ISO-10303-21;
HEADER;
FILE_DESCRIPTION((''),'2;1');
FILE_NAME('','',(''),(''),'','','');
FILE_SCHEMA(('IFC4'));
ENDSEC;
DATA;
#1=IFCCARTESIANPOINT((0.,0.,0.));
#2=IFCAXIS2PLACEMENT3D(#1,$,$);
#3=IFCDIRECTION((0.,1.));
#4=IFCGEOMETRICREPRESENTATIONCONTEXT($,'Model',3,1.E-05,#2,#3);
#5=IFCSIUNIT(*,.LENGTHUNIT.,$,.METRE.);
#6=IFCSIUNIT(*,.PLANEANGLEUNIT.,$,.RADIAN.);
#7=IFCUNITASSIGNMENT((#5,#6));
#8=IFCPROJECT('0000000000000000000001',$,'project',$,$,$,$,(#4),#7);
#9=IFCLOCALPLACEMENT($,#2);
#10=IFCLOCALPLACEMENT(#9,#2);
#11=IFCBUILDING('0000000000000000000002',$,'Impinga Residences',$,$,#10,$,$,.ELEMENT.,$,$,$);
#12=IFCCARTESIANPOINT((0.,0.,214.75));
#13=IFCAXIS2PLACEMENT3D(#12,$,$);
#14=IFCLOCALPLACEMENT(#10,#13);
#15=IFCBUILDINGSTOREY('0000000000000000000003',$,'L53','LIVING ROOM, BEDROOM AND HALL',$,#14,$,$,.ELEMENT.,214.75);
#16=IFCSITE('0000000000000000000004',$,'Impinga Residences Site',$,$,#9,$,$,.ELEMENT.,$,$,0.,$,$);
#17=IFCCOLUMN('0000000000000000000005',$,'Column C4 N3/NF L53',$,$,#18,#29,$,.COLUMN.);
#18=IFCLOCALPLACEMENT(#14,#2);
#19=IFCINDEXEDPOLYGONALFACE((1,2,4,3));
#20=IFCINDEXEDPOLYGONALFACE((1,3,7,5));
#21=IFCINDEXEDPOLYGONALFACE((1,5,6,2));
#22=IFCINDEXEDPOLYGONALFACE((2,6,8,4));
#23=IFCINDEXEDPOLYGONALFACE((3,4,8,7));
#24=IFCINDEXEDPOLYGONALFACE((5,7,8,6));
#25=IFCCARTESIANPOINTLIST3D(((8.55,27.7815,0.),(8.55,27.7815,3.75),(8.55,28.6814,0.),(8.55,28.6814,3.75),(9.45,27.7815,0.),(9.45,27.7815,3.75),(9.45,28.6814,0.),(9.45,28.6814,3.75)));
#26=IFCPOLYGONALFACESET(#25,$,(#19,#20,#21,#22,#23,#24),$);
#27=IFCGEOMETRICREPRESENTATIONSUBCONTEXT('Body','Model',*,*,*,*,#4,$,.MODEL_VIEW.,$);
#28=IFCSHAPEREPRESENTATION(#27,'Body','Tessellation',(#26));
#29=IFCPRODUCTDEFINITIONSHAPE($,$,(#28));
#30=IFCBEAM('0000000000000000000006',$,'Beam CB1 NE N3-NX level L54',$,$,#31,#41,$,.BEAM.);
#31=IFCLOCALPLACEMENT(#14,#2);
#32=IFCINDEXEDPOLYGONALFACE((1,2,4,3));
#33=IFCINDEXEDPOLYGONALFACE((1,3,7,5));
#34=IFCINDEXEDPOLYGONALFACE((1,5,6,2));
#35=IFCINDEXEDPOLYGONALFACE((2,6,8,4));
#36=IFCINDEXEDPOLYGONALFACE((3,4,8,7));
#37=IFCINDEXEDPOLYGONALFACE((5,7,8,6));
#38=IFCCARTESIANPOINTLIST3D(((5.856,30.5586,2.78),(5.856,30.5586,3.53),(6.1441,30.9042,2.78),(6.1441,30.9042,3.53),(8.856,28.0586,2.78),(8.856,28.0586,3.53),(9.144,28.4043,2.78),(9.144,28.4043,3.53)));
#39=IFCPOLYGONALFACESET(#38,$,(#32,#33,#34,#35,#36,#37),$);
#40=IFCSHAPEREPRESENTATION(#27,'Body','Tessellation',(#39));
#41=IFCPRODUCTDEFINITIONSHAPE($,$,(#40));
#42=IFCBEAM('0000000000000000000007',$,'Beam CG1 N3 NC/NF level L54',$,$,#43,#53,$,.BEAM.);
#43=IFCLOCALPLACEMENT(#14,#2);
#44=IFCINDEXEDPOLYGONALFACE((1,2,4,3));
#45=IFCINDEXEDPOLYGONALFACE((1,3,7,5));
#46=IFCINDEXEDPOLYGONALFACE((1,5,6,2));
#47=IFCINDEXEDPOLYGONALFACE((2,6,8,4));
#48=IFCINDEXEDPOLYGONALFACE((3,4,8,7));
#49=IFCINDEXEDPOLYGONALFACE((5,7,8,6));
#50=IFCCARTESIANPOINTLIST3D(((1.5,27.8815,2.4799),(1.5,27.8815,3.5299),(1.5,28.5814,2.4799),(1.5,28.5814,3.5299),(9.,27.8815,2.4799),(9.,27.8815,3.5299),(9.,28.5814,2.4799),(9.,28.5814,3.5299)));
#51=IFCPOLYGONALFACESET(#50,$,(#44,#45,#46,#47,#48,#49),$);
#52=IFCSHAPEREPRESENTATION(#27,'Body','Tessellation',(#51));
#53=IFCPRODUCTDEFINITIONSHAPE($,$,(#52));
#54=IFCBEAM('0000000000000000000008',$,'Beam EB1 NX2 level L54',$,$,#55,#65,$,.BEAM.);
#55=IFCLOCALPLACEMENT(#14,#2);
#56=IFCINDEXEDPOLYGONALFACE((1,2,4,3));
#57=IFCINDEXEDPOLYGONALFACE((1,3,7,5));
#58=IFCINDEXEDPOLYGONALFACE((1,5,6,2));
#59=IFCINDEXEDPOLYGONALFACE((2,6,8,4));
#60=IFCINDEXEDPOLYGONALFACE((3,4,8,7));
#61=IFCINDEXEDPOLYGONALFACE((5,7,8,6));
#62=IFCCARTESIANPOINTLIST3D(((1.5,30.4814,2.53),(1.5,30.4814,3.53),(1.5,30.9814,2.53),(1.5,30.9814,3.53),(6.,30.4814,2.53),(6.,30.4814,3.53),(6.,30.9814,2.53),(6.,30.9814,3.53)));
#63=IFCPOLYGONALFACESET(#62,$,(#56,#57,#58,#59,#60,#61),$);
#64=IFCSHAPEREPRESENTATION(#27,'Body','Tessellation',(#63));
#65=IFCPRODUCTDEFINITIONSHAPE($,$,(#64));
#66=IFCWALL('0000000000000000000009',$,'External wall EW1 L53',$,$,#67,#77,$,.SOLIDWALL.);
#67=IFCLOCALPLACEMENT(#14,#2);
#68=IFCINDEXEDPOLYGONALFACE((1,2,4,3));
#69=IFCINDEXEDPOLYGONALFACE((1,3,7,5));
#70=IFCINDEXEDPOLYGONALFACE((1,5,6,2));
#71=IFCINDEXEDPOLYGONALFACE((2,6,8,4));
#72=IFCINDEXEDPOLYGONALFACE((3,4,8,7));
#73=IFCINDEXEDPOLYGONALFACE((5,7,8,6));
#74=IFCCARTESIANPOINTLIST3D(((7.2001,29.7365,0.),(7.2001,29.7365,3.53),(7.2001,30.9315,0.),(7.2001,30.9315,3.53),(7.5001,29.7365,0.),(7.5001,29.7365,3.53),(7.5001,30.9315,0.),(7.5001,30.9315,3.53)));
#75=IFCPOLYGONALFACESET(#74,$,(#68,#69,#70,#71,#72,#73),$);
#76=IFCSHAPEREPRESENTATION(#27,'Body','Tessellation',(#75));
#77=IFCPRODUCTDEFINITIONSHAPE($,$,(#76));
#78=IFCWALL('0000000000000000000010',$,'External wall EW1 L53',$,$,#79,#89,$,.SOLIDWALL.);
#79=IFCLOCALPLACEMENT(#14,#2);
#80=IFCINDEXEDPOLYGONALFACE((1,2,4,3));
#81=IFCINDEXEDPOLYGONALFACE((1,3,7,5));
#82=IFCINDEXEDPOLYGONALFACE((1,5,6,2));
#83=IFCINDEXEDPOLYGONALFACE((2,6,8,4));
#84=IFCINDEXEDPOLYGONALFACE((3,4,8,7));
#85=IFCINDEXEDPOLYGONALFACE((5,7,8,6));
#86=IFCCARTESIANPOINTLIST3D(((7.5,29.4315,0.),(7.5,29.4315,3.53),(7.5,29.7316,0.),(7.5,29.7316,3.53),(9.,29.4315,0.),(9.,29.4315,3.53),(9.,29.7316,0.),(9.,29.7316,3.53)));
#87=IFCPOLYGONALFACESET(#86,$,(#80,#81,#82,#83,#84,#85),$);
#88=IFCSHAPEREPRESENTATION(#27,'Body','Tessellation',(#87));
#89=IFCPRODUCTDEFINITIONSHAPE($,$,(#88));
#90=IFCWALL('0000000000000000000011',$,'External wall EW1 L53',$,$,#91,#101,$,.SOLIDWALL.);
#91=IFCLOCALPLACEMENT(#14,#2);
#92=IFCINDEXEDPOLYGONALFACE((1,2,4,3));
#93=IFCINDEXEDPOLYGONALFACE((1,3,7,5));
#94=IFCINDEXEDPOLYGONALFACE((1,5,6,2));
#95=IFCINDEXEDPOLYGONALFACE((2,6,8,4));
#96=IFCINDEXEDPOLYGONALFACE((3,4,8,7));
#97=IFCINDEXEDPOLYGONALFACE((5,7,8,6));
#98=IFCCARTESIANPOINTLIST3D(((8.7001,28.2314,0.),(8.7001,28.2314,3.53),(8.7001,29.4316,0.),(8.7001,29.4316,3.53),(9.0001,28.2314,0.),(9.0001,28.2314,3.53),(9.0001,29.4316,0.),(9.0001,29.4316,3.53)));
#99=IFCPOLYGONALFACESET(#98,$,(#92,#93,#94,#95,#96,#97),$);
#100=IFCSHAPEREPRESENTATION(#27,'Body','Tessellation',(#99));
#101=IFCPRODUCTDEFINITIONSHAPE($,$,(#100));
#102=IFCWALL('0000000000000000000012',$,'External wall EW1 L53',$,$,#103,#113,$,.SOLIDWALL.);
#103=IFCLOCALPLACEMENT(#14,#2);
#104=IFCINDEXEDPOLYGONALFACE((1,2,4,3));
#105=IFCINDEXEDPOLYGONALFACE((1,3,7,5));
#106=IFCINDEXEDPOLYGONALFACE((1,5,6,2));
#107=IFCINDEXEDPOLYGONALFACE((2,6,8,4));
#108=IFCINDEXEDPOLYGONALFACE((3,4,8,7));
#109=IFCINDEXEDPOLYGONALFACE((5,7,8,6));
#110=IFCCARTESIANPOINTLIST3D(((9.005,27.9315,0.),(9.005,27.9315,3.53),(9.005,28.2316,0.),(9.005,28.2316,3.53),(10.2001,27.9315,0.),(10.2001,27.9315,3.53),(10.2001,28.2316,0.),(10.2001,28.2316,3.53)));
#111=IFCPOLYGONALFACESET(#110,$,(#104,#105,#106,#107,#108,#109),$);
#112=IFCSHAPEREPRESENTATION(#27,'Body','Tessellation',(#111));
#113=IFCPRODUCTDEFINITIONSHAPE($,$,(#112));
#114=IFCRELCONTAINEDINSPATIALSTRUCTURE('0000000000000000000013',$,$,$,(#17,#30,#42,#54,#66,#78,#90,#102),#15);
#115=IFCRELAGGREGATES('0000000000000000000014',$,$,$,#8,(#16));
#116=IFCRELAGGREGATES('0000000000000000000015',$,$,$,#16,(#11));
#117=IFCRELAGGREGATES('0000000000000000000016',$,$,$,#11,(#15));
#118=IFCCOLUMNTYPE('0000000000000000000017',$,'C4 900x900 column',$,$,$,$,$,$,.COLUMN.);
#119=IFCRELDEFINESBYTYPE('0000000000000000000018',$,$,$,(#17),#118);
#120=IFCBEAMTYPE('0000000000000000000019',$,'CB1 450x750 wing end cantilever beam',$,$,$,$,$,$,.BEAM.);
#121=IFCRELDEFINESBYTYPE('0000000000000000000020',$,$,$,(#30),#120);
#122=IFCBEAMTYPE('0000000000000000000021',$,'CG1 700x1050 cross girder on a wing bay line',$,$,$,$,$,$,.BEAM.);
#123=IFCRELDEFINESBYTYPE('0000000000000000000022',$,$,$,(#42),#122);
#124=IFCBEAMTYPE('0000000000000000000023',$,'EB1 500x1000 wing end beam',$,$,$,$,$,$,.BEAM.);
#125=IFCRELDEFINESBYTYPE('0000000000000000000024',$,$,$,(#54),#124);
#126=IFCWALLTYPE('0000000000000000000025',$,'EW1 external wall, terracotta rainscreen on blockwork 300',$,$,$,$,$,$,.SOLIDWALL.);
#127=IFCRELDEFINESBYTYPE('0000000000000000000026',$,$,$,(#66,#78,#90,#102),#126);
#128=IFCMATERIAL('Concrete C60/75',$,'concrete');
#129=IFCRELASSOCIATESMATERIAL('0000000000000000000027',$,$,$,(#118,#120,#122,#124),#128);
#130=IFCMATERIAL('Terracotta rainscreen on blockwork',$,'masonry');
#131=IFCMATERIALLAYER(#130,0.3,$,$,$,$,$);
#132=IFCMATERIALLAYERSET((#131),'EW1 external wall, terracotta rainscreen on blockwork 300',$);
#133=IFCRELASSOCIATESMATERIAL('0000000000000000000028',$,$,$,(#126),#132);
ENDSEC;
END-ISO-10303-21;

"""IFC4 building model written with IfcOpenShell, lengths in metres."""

from ifc_helpers import new_model, si_unit, direction, frame, frame_2d, origin, origin_2d, place, context, subcontext, project, spatial, rectangle, extrude, material, layer, layer_set, material_profile, profile_set, type_object, element, save


model = new_model("IFC4")

# Units and contexts
model_context = context("Model", 3, precision=1e-05, world=origin(), true_north=direction((0.0, 1.0)))
body_context = subcontext(model_context, "Body", "Model", "MODEL_VIEW")
ifc_project = project(units=[si_unit("LENGTHUNIT", "METRE"), si_unit("PLANEANGLEUNIT", "RADIAN")], contexts=[model_context])

# Site, building, storey
site_placement = place(None, origin())
site = spatial("IfcSite", under=ifc_project, at=site_placement, Name="Impinga Residences Site", CompositionType="ELEMENT", RefElevation=0.0)
building_placement = place(site_placement, origin())
building = spatial("IfcBuilding", under=site, at=building_placement, Name="Impinga Residences", CompositionType="ELEMENT")
storey_placement = place(building_placement, frame((0.0, 0.0, 214.75)))
storey = spatial("IfcBuildingStorey", under=building, at=storey_placement, Name="L53", Description="LIVING ROOM, BEDROOM AND HALL", CompositionType="ELEMENT", Elevation=214.75)

# Column
ifc_material_1 = material(Name="Concrete C60/75", Category="concrete")
ifc_material_profile_1 = material_profile(ifc_material_1, rectangle(XDim=0.8999, YDim=0.8999, at=origin_2d()), Name="RC 900x900")
ifc_profile_set_1 = profile_set([ifc_material_profile_1], Name="Concrete C60/75")
column_type = type_object("IfcColumnType", Name="C4 900x900 column", PredefinedType="COLUMN", material=ifc_profile_set_1)
column_placement = place(storey_placement, frame((9.0, 28.2314, 0.0), z_axis=(0.0, 0.0, 1.0), x_axis=(1.0, 0.0, 0.0)))
element("IfcColumn", 1, at=column_placement, inside=storey, type_object=column_type, Name="Column C4 N3/NF L53", PredefinedType="COLUMN", context=body_context, shape_type="SweptSolid", body=[
    extrude(rectangle(XDim=0.8999, YDim=0.8999, at=origin_2d()), origin(), (0.0, 0.0, 1.0), 3.75),
])

# Beams
ifc_material_profile_2 = material_profile(ifc_material_1, rectangle(XDim=0.45, YDim=0.75, at=origin_2d()), Name="RC 450x750")
ifc_profile_set_2 = profile_set([ifc_material_profile_2], Name="Concrete C60/75")
beam_type_1 = type_object("IfcBeamType", Name="CB1 450x750 wing end cantilever beam", PredefinedType="BEAM", material=ifc_profile_set_2)
beam_1_placement = place(storey_placement, frame((9.0, 28.2314, 3.155), z_axis=(-0.768221, 0.640184, 0.0), x_axis=(-0.640184, -0.768221, 0.0)))
element("IfcBeam", 2, at=beam_1_placement, inside=storey, type_object=beam_type_1, Name="Beam CB1 NE N3-NX level L54", PredefinedType="BEAM", context=body_context, shape_type="SweptSolid", body=[
    extrude(rectangle(XDim=0.45, YDim=0.75, at=origin_2d()), origin(), (0.0, 0.0, 1.0), 3.905),
])
ifc_material_profile_3 = material_profile(ifc_material_1, rectangle(XDim=0.7, YDim=1.05, at=origin_2d()), Name="RC 700x1050")
ifc_profile_set_3 = profile_set([ifc_material_profile_3], Name="Concrete C60/75")
beam_type_2 = type_object("IfcBeamType", Name="CG1 700x1050 cross girder on a wing bay line", PredefinedType="BEAM", material=ifc_profile_set_3)
beam_2_placement = place(storey_placement, frame((1.5, 28.2314, 3.0049), z_axis=(1.0, 0.0, 0.0), x_axis=(0.0, 1.0, 0.0)))
element("IfcBeam", 3, at=beam_2_placement, inside=storey, type_object=beam_type_2, Name="Beam CG1 N3 NC/NF level L54", PredefinedType="BEAM", context=body_context, shape_type="SweptSolid", body=[
    extrude(rectangle(XDim=0.7, YDim=1.05, at=origin_2d()), origin(), (0.0, 0.0, 1.0), 7.5),
])
ifc_material_profile_4 = material_profile(ifc_material_1, rectangle(XDim=0.5, YDim=1.0, at=origin_2d()), Name="RC 500x1000")
ifc_profile_set_4 = profile_set([ifc_material_profile_4], Name="Concrete C60/75")
beam_type_3 = type_object("IfcBeamType", Name="EB1 500x1000 wing end beam", PredefinedType="BEAM", material=ifc_profile_set_4)
beam_3_placement = place(storey_placement, frame((1.5, 30.7314, 3.03), z_axis=(1.0, 0.0, 0.0), x_axis=(0.0, 1.0, 0.0)))
element("IfcBeam", 4, at=beam_3_placement, inside=storey, type_object=beam_type_3, Name="Beam EB1 NX2 level L54", PredefinedType="BEAM", context=body_context, shape_type="SweptSolid", body=[
    extrude(rectangle(XDim=0.5, YDim=1.0, at=origin_2d()), origin(), (0.0, 0.0, 1.0), 4.5),
])

# Walls
ifc_material_2 = material(Name="Terracotta rainscreen on blockwork", Category="masonry")
ifc_layer_1 = layer(ifc_material_2, 0.3)
ifc_layer_set_1 = layer_set([ifc_layer_1], Name="EW1 external wall, terracotta rainscreen on blockwork 300")
wall_type_1 = type_object("IfcWallType", Name="EW1 external wall, terracotta rainscreen on blockwork 300", PredefinedType="SOLIDWALL", material=ifc_layer_set_1)
wall_1_placement = place(storey_placement, frame((7.3501, 30.9316, 0.0), z_axis=(0.0, 0.0, 1.0), x_axis=(0.0, -1.0, 0.0)))
element("IfcWall", 5, at=wall_1_placement, inside=storey, type_object=wall_type_1, Name="External wall EW1 L53", PredefinedType="SOLIDWALL", context=body_context, shape_type="SweptSolid", body=[
    extrude(rectangle(XDim=1.1951, YDim=0.3, at=frame_2d((0.5977, 0.0))), origin(), (0.0, 0.0, 1.0), 3.53),
])
wall_2_placement = place(storey_placement, frame((7.5, 29.5815, 0.0), z_axis=(0.0, 0.0, 1.0), x_axis=(1.0, 0.0, 0.0)))
element("IfcWall", 6, at=wall_2_placement, inside=storey, type_object=wall_type_1, Name="External wall EW1 L53", PredefinedType="SOLIDWALL", context=body_context, shape_type="SweptSolid", body=[
    extrude(rectangle(XDim=1.5, YDim=0.3, at=frame_2d((0.75, 0.0))), origin(), (0.0, 0.0, 1.0), 3.53),
])
wall_3_placement = place(storey_placement, frame((8.8501, 29.4316, 0.0), z_axis=(0.0, 0.0, 1.0), x_axis=(0.0, -1.0, 0.0)))
element("IfcWall", 7, at=wall_3_placement, inside=storey, type_object=wall_type_1, Name="External wall EW1 L53", PredefinedType="SOLIDWALL", context=body_context, shape_type="SweptSolid", body=[
    extrude(rectangle(XDim=1.2002, YDim=0.3, at=frame_2d((0.6001, 0.0))), origin(), (0.0, 0.0, 1.0), 3.53),
])
wall_4_placement = place(storey_placement, frame((9.0049, 28.0815, 0.0), z_axis=(0.0, 0.0, 1.0), x_axis=(1.0, 0.0, 0.0)))
element("IfcWall", 8, at=wall_4_placement, inside=storey, type_object=wall_type_1, Name="External wall EW1 L53", PredefinedType="SOLIDWALL", context=body_context, shape_type="SweptSolid", body=[
    extrude(rectangle(XDim=1.1951, YDim=0.3, at=frame_2d((0.5977, 0.0))), origin(), (0.0, 0.0, 1.0), 3.53),
])

save(model, "model.ifc")
